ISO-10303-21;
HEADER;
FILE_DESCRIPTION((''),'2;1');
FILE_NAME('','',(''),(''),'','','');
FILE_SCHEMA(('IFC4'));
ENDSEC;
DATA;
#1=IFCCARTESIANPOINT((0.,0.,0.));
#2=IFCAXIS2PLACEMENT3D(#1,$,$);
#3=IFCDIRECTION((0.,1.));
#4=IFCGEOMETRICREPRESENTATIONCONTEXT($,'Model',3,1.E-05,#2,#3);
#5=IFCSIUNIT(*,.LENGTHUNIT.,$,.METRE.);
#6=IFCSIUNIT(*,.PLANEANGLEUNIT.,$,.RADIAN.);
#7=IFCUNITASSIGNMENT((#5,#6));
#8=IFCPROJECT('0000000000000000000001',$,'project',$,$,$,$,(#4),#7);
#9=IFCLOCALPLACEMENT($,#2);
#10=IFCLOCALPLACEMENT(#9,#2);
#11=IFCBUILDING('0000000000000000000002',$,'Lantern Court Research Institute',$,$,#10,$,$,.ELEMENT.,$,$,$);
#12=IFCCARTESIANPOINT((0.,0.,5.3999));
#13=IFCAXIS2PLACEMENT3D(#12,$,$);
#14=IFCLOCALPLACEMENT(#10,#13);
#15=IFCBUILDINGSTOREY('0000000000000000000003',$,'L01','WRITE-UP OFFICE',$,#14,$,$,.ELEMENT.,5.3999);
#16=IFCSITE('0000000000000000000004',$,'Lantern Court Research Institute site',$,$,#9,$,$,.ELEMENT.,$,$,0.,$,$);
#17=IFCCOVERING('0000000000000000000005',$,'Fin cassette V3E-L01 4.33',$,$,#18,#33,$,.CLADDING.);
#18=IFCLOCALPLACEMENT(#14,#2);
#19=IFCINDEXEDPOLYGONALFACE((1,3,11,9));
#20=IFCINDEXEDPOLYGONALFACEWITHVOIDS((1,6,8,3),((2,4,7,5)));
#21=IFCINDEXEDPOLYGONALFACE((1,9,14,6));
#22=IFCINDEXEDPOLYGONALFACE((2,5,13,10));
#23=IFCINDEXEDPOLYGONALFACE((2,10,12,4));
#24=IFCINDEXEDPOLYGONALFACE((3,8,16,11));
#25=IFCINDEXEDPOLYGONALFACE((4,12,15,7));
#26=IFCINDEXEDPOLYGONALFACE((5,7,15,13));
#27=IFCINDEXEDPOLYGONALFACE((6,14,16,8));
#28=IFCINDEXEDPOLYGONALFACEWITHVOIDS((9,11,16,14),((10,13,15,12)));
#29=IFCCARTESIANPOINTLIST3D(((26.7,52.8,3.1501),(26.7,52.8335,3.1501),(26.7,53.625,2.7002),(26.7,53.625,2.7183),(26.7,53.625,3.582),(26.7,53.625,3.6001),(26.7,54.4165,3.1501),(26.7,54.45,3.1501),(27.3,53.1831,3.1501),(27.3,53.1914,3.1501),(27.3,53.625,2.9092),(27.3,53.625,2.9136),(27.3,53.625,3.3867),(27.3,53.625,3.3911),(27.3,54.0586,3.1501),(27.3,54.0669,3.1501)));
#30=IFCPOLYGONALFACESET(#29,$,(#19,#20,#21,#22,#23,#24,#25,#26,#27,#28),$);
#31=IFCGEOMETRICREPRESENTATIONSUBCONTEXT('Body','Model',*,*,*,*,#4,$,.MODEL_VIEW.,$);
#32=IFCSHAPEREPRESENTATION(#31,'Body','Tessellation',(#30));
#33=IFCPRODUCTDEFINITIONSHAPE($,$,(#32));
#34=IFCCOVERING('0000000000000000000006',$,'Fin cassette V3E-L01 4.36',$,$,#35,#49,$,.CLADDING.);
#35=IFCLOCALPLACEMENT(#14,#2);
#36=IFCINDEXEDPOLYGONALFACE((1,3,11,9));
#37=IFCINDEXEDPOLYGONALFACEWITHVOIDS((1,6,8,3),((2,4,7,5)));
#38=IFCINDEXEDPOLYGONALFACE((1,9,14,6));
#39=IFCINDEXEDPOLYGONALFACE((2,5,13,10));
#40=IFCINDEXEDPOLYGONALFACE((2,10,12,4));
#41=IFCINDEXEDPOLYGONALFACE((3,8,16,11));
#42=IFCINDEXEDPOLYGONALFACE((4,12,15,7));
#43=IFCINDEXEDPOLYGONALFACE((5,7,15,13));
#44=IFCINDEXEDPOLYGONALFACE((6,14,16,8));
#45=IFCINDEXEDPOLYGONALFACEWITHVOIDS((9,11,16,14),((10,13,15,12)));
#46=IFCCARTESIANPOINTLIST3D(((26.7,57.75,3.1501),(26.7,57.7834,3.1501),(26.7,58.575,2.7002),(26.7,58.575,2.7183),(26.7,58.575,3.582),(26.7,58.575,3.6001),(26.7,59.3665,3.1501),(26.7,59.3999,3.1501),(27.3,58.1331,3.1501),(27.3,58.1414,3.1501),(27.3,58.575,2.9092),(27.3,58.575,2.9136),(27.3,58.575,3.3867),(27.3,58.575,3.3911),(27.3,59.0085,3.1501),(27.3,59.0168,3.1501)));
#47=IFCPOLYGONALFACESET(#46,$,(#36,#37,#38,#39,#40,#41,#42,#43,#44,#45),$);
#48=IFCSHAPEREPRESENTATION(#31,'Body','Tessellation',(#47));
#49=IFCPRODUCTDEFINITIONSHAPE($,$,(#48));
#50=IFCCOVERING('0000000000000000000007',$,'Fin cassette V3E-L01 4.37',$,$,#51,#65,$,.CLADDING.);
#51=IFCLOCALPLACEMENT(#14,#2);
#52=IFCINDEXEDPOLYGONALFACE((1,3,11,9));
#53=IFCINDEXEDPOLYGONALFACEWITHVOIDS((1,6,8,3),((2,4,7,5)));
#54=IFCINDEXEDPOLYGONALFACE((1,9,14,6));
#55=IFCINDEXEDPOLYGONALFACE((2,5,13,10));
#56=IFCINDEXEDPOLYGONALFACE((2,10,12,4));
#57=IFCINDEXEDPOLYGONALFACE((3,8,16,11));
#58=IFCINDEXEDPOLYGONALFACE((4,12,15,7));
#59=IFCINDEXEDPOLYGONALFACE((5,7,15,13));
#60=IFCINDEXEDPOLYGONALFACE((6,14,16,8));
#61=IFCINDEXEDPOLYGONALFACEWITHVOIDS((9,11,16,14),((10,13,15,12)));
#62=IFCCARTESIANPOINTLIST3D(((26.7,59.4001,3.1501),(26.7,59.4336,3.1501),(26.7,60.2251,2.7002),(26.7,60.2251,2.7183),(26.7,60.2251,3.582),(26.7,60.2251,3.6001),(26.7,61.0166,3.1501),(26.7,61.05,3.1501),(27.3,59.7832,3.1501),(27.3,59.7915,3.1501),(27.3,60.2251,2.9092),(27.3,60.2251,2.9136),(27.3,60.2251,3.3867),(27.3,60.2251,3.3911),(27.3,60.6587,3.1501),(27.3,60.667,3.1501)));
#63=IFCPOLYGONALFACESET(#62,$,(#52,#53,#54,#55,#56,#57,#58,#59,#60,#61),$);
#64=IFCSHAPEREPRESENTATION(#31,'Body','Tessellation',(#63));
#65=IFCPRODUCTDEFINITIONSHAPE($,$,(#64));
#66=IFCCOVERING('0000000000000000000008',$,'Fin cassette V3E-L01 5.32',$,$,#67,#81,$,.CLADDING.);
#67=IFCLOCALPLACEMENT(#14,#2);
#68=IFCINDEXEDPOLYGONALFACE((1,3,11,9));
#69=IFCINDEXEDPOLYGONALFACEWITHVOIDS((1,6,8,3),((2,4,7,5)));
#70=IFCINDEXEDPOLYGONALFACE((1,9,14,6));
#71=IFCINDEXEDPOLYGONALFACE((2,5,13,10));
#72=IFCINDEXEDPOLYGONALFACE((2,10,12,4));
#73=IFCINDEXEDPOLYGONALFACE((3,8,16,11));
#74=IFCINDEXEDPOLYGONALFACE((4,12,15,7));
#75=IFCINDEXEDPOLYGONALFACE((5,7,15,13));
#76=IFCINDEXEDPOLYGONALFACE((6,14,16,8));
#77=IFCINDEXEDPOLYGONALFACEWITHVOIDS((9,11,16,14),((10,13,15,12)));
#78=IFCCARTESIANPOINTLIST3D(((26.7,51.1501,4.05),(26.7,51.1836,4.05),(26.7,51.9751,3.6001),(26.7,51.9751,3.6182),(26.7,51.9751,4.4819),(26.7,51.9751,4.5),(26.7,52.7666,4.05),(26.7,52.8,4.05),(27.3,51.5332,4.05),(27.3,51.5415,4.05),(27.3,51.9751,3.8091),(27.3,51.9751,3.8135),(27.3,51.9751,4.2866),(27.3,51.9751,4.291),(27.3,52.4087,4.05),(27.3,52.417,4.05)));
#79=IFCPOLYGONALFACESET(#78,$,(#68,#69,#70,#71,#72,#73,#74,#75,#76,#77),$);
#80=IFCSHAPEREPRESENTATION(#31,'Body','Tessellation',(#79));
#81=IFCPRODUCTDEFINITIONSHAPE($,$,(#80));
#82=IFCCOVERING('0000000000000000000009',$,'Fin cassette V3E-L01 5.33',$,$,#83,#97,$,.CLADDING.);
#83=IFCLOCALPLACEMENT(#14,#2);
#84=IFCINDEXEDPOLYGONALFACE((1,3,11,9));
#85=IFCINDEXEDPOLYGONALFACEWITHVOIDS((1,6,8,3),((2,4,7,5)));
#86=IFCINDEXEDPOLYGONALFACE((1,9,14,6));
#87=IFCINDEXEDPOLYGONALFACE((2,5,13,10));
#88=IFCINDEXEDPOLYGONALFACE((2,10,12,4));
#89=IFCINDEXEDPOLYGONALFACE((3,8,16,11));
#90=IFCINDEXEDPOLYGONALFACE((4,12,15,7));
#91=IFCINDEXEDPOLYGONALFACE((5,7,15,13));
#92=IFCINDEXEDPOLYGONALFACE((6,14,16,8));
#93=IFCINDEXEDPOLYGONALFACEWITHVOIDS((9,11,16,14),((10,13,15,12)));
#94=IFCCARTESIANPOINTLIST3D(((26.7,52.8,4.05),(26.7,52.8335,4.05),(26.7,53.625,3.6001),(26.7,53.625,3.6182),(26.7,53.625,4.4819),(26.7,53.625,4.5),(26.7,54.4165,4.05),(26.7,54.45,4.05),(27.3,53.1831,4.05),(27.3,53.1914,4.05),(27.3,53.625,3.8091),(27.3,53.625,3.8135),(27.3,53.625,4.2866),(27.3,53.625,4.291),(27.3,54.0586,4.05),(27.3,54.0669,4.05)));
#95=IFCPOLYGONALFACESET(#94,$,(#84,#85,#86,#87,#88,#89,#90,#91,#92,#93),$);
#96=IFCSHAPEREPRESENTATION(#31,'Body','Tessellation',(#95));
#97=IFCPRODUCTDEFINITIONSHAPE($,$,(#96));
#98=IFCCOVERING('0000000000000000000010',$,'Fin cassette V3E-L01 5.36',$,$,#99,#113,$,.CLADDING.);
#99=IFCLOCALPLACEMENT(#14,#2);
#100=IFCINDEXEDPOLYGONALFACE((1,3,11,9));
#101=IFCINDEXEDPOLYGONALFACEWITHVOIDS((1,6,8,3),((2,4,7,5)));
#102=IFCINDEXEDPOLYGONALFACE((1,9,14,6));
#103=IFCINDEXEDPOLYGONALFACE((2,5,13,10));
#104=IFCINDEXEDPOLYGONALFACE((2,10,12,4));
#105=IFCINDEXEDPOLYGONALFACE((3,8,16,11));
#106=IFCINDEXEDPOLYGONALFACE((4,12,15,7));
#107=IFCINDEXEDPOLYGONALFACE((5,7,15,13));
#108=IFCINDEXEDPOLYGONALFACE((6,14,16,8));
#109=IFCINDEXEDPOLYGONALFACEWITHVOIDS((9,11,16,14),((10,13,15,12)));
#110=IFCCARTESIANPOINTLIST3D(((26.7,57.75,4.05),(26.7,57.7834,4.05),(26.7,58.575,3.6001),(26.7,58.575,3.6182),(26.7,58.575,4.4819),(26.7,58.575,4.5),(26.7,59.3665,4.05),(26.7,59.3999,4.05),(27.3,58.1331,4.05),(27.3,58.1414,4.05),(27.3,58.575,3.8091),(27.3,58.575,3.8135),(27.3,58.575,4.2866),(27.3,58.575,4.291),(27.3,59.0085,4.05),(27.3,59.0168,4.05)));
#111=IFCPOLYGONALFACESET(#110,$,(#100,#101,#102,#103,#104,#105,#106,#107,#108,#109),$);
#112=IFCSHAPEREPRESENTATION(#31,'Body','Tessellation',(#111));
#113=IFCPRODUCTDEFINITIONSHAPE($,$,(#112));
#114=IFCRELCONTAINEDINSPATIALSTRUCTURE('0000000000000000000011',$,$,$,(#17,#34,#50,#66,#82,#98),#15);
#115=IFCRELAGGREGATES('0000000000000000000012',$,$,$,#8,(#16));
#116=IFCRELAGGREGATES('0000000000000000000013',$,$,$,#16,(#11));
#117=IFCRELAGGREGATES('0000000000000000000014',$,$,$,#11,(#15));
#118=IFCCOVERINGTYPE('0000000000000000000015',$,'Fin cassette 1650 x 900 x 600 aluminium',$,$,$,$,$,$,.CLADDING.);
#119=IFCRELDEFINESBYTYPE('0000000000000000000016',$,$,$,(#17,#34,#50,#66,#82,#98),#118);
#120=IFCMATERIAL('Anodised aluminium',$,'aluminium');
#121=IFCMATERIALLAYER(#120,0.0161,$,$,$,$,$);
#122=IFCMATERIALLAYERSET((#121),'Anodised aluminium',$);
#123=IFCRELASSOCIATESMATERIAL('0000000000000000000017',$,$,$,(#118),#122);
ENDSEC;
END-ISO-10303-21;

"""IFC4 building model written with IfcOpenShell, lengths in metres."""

from ifc_helpers import new_model, entity, si_unit, direction, frame, origin, place, context, subcontext, project, spatial, material, layer, layer_set, type_object, element, save


model = new_model("IFC4")

# Units and contexts
model_context = context("Model", 3, precision=1e-05, world=origin(), true_north=direction((0.0, 1.0)))
body_context = subcontext(model_context, "Body", "Model", "MODEL_VIEW")
ifc_project = project(units=[si_unit("LENGTHUNIT", "METRE"), si_unit("PLANEANGLEUNIT", "RADIAN")], contexts=[model_context])

# Site, building, storey
site_placement = place(None, origin())
site = spatial("IfcSite", under=ifc_project, at=site_placement, Name="Lantern Court Research Institute site", CompositionType="ELEMENT", RefElevation=0.0)
building_placement = place(site_placement, origin())
building = spatial("IfcBuilding", under=site, at=building_placement, Name="Lantern Court Research Institute", CompositionType="ELEMENT")
storey_placement = place(building_placement, frame((0.0, 0.0, 5.3999)))
storey = spatial("IfcBuildingStorey", under=building, at=storey_placement, Name="L01", Description="WRITE-UP OFFICE", CompositionType="ELEMENT", Elevation=5.3999)

# Coverings
ifc_material_1 = material(Name="Anodised aluminium", Category="aluminium")
ifc_layer_1 = layer(ifc_material_1, 0.0161)
ifc_layer_set_1 = layer_set([ifc_layer_1], Name="Anodised aluminium")
covering_type_1 = type_object("IfcCoveringType", Name="Fin cassette 1650 x 900 x 600 aluminium", PredefinedType="CLADDING", material=ifc_layer_set_1)
covering_1_placement = place(storey_placement, frame((26.7, 53.625, 3.1501), z_axis=(1.0, 0.0, 0.0), x_axis=(0.0, 1.0, 0.0)))
cartesian_point_1 = entity("IfcCartesianPoint", [0.825, 0.0])
cartesian_point_2 = entity("IfcCartesianPoint", [0.7915, 0.0])
cartesian_point_3 = entity("IfcCartesianPoint", [0.4419, 0.0])
cartesian_point_4 = entity("IfcCartesianPoint", [0.4336, 0.0])
element("IfcCovering", 1, at=covering_1_placement, inside=storey, type_object=covering_type_1, Name="Fin cassette V3E-L01 4.33", PredefinedType="CLADDING", context=body_context, shape_type="SweptSolid", body=[
    entity("IfcExtrudedAreaSolidTapered", entity("IfcArbitraryProfileDefWithVoids", "AREA", None, entity("IfcPolyline", [cartesian_point_1, entity("IfcCartesianPoint", [0.0, 0.45]), entity("IfcCartesianPoint", [-0.825, 0.0]), entity("IfcCartesianPoint", [0.0, -0.45]), cartesian_point_1]), [entity("IfcPolyline", [cartesian_point_2, entity("IfcCartesianPoint", [0.0, 0.4319]), entity("IfcCartesianPoint", [-0.7915, 0.0]), entity("IfcCartesianPoint", [0.0, -0.4319]), cartesian_point_2])]), entity("IfcAxis2Placement3D", entity("IfcCartesianPoint", [0.0, 0.0, 0.0])), entity("IfcDirection", [0.0, 0.0, 1.0]), 0.6001, entity("IfcArbitraryProfileDefWithVoids", "AREA", None, entity("IfcPolyline", [cartesian_point_3, entity("IfcCartesianPoint", [0.0, 0.241]), entity("IfcCartesianPoint", [-0.4419, 0.0]), entity("IfcCartesianPoint", [0.0, -0.241]), cartesian_point_3]), [entity("IfcPolyline", [cartesian_point_4, entity("IfcCartesianPoint", [0.0, 0.2366]), entity("IfcCartesianPoint", [-0.4336, 0.0]), entity("IfcCartesianPoint", [0.0, -0.2366]), cartesian_point_4])])),
])
covering_2_placement = place(storey_placement, frame((26.7, 58.575, 3.1501), z_axis=(1.0, 0.0, 0.0), x_axis=(0.0, 1.0, 0.0)))
cartesian_point_5 = entity("IfcCartesianPoint", [0.825, 0.0])
cartesian_point_6 = entity("IfcCartesianPoint", [0.7915, 0.0])
cartesian_point_7 = entity("IfcCartesianPoint", [0.4419, 0.0])
cartesian_point_8 = entity("IfcCartesianPoint", [0.4336, 0.0])
element("IfcCovering", 2, at=covering_2_placement, inside=storey, type_object=covering_type_1, Name="Fin cassette V3E-L01 4.36", PredefinedType="CLADDING", context=body_context, shape_type="SweptSolid", body=[
    entity("IfcExtrudedAreaSolidTapered", entity("IfcArbitraryProfileDefWithVoids", "AREA", None, entity("IfcPolyline", [cartesian_point_5, entity("IfcCartesianPoint", [0.0, 0.45]), entity("IfcCartesianPoint", [-0.825, 0.0]), entity("IfcCartesianPoint", [0.0, -0.45]), cartesian_point_5]), [entity("IfcPolyline", [cartesian_point_6, entity("IfcCartesianPoint", [0.0, 0.4319]), entity("IfcCartesianPoint", [-0.7915, 0.0]), entity("IfcCartesianPoint", [0.0, -0.4319]), cartesian_point_6])]), entity("IfcAxis2Placement3D", entity("IfcCartesianPoint", [0.0, 0.0, 0.0])), entity("IfcDirection", [0.0, 0.0, 1.0]), 0.6001, entity("IfcArbitraryProfileDefWithVoids", "AREA", None, entity("IfcPolyline", [cartesian_point_7, entity("IfcCartesianPoint", [0.0, 0.241]), entity("IfcCartesianPoint", [-0.4419, 0.0]), entity("IfcCartesianPoint", [0.0, -0.241]), cartesian_point_7]), [entity("IfcPolyline", [cartesian_point_8, entity("IfcCartesianPoint", [0.0, 0.2366]), entity("IfcCartesianPoint", [-0.4336, 0.0]), entity("IfcCartesianPoint", [0.0, -0.2366]), cartesian_point_8])])),
])
covering_3_placement = place(storey_placement, frame((26.7, 60.2251, 3.1501), z_axis=(1.0, 0.0, 0.0), x_axis=(0.0, 1.0, 0.0)))
cartesian_point_9 = entity("IfcCartesianPoint", [0.825, 0.0])
cartesian_point_10 = entity("IfcCartesianPoint", [0.7915, 0.0])
cartesian_point_11 = entity("IfcCartesianPoint", [0.4419, 0.0])
cartesian_point_12 = entity("IfcCartesianPoint", [0.4336, 0.0])
element("IfcCovering", 3, at=covering_3_placement, inside=storey, type_object=covering_type_1, Name="Fin cassette V3E-L01 4.37", PredefinedType="CLADDING", context=body_context, shape_type="SweptSolid", body=[
    entity("IfcExtrudedAreaSolidTapered", entity("IfcArbitraryProfileDefWithVoids", "AREA", None, entity("IfcPolyline", [cartesian_point_9, entity("IfcCartesianPoint", [0.0, 0.45]), entity("IfcCartesianPoint", [-0.825, 0.0]), entity("IfcCartesianPoint", [0.0, -0.45]), cartesian_point_9]), [entity("IfcPolyline", [cartesian_point_10, entity("IfcCartesianPoint", [0.0, 0.4319]), entity("IfcCartesianPoint", [-0.7915, 0.0]), entity("IfcCartesianPoint", [0.0, -0.4319]), cartesian_point_10])]), entity("IfcAxis2Placement3D", entity("IfcCartesianPoint", [0.0, 0.0, 0.0])), entity("IfcDirection", [0.0, 0.0, 1.0]), 0.6001, entity("IfcArbitraryProfileDefWithVoids", "AREA", None, entity("IfcPolyline", [cartesian_point_11, entity("IfcCartesianPoint", [0.0, 0.241]), entity("IfcCartesianPoint", [-0.4419, 0.0]), entity("IfcCartesianPoint", [0.0, -0.241]), cartesian_point_11]), [entity("IfcPolyline", [cartesian_point_12, entity("IfcCartesianPoint", [0.0, 0.2366]), entity("IfcCartesianPoint", [-0.4336, 0.0]), entity("IfcCartesianPoint", [0.0, -0.2366]), cartesian_point_12])])),
])
covering_4_placement = place(storey_placement, frame((26.7, 51.9751, 4.05), z_axis=(1.0, 0.0, 0.0), x_axis=(0.0, 1.0, 0.0)))
cartesian_point_13 = entity("IfcCartesianPoint", [0.825, 0.0])
cartesian_point_14 = entity("IfcCartesianPoint", [0.7915, 0.0])
cartesian_point_15 = entity("IfcCartesianPoint", [0.4419, 0.0])
cartesian_point_16 = entity("IfcCartesianPoint", [0.4336, 0.0])
element("IfcCovering", 4, at=covering_4_placement, inside=storey, type_object=covering_type_1, Name="Fin cassette V3E-L01 5.32", PredefinedType="CLADDING", context=body_context, shape_type="SweptSolid", body=[
    entity("IfcExtrudedAreaSolidTapered", entity("IfcArbitraryProfileDefWithVoids", "AREA", None, entity("IfcPolyline", [cartesian_point_13, entity("IfcCartesianPoint", [0.0, 0.45]), entity("IfcCartesianPoint", [-0.825, 0.0]), entity("IfcCartesianPoint", [0.0, -0.45]), cartesian_point_13]), [entity("IfcPolyline", [cartesian_point_14, entity("IfcCartesianPoint", [0.0, 0.4319]), entity("IfcCartesianPoint", [-0.7915, 0.0]), entity("IfcCartesianPoint", [0.0, -0.4319]), cartesian_point_14])]), entity("IfcAxis2Placement3D", entity("IfcCartesianPoint", [0.0, 0.0, 0.0])), entity("IfcDirection", [0.0, 0.0, 1.0]), 0.6001, entity("IfcArbitraryProfileDefWithVoids", "AREA", None, entity("IfcPolyline", [cartesian_point_15, entity("IfcCartesianPoint", [0.0, 0.241]), entity("IfcCartesianPoint", [-0.4419, 0.0]), entity("IfcCartesianPoint", [0.0, -0.241]), cartesian_point_15]), [entity("IfcPolyline", [cartesian_point_16, entity("IfcCartesianPoint", [0.0, 0.2366]), entity("IfcCartesianPoint", [-0.4336, 0.0]), entity("IfcCartesianPoint", [0.0, -0.2366]), cartesian_point_16])])),
])
covering_5_placement = place(storey_placement, frame((26.7, 53.625, 4.05), z_axis=(1.0, 0.0, 0.0), x_axis=(0.0, 1.0, 0.0)))
cartesian_point_17 = entity("IfcCartesianPoint", [0.825, 0.0])
cartesian_point_18 = entity("IfcCartesianPoint", [0.7915, 0.0])
cartesian_point_19 = entity("IfcCartesianPoint", [0.4419, 0.0])
cartesian_point_20 = entity("IfcCartesianPoint", [0.4336, 0.0])
element("IfcCovering", 5, at=covering_5_placement, inside=storey, type_object=covering_type_1, Name="Fin cassette V3E-L01 5.33", PredefinedType="CLADDING", context=body_context, shape_type="SweptSolid", body=[
    entity("IfcExtrudedAreaSolidTapered", entity("IfcArbitraryProfileDefWithVoids", "AREA", None, entity("IfcPolyline", [cartesian_point_17, entity("IfcCartesianPoint", [0.0, 0.45]), entity("IfcCartesianPoint", [-0.825, 0.0]), entity("IfcCartesianPoint", [0.0, -0.45]), cartesian_point_17]), [entity("IfcPolyline", [cartesian_point_18, entity("IfcCartesianPoint", [0.0, 0.4319]), entity("IfcCartesianPoint", [-0.7915, 0.0]), entity("IfcCartesianPoint", [0.0, -0.4319]), cartesian_point_18])]), entity("IfcAxis2Placement3D", entity("IfcCartesianPoint", [0.0, 0.0, 0.0])), entity("IfcDirection", [0.0, 0.0, 1.0]), 0.6001, entity("IfcArbitraryProfileDefWithVoids", "AREA", None, entity("IfcPolyline", [cartesian_point_19, entity("IfcCartesianPoint", [0.0, 0.241]), entity("IfcCartesianPoint", [-0.4419, 0.0]), entity("IfcCartesianPoint", [0.0, -0.241]), cartesian_point_19]), [entity("IfcPolyline", [cartesian_point_20, entity("IfcCartesianPoint", [0.0, 0.2366]), entity("IfcCartesianPoint", [-0.4336, 0.0]), entity("IfcCartesianPoint", [0.0, -0.2366]), cartesian_point_20])])),
])
covering_6_placement = place(storey_placement, frame((26.7, 58.575, 4.05), z_axis=(1.0, 0.0, 0.0), x_axis=(0.0, 1.0, 0.0)))
cartesian_point_21 = entity("IfcCartesianPoint", [0.825, 0.0])
cartesian_point_22 = entity("IfcCartesianPoint", [0.7915, 0.0])
cartesian_point_23 = entity("IfcCartesianPoint", [0.4419, 0.0])
cartesian_point_24 = entity("IfcCartesianPoint", [0.4336, 0.0])
element("IfcCovering", 6, at=covering_6_placement, inside=storey, type_object=covering_type_1, Name="Fin cassette V3E-L01 5.36", PredefinedType="CLADDING", context=body_context, shape_type="SweptSolid", body=[
    entity("IfcExtrudedAreaSolidTapered", entity("IfcArbitraryProfileDefWithVoids", "AREA", None, entity("IfcPolyline", [cartesian_point_21, entity("IfcCartesianPoint", [0.0, 0.45]), entity("IfcCartesianPoint", [-0.825, 0.0]), entity("IfcCartesianPoint", [0.0, -0.45]), cartesian_point_21]), [entity("IfcPolyline", [cartesian_point_22, entity("IfcCartesianPoint", [0.0, 0.4319]), entity("IfcCartesianPoint", [-0.7915, 0.0]), entity("IfcCartesianPoint", [0.0, -0.4319]), cartesian_point_22])]), entity("IfcAxis2Placement3D", entity("IfcCartesianPoint", [0.0, 0.0, 0.0])), entity("IfcDirection", [0.0, 0.0, 1.0]), 0.6001, entity("IfcArbitraryProfileDefWithVoids", "AREA", None, entity("IfcPolyline", [cartesian_point_23, entity("IfcCartesianPoint", [0.0, 0.241]), entity("IfcCartesianPoint", [-0.4419, 0.0]), entity("IfcCartesianPoint", [0.0, -0.241]), cartesian_point_23]), [entity("IfcPolyline", [cartesian_point_24, entity("IfcCartesianPoint", [0.0, 0.2366]), entity("IfcCartesianPoint", [-0.4336, 0.0]), entity("IfcCartesianPoint", [0.0, -0.2366]), cartesian_point_24])])),
])

save(model, "model.ifc")
